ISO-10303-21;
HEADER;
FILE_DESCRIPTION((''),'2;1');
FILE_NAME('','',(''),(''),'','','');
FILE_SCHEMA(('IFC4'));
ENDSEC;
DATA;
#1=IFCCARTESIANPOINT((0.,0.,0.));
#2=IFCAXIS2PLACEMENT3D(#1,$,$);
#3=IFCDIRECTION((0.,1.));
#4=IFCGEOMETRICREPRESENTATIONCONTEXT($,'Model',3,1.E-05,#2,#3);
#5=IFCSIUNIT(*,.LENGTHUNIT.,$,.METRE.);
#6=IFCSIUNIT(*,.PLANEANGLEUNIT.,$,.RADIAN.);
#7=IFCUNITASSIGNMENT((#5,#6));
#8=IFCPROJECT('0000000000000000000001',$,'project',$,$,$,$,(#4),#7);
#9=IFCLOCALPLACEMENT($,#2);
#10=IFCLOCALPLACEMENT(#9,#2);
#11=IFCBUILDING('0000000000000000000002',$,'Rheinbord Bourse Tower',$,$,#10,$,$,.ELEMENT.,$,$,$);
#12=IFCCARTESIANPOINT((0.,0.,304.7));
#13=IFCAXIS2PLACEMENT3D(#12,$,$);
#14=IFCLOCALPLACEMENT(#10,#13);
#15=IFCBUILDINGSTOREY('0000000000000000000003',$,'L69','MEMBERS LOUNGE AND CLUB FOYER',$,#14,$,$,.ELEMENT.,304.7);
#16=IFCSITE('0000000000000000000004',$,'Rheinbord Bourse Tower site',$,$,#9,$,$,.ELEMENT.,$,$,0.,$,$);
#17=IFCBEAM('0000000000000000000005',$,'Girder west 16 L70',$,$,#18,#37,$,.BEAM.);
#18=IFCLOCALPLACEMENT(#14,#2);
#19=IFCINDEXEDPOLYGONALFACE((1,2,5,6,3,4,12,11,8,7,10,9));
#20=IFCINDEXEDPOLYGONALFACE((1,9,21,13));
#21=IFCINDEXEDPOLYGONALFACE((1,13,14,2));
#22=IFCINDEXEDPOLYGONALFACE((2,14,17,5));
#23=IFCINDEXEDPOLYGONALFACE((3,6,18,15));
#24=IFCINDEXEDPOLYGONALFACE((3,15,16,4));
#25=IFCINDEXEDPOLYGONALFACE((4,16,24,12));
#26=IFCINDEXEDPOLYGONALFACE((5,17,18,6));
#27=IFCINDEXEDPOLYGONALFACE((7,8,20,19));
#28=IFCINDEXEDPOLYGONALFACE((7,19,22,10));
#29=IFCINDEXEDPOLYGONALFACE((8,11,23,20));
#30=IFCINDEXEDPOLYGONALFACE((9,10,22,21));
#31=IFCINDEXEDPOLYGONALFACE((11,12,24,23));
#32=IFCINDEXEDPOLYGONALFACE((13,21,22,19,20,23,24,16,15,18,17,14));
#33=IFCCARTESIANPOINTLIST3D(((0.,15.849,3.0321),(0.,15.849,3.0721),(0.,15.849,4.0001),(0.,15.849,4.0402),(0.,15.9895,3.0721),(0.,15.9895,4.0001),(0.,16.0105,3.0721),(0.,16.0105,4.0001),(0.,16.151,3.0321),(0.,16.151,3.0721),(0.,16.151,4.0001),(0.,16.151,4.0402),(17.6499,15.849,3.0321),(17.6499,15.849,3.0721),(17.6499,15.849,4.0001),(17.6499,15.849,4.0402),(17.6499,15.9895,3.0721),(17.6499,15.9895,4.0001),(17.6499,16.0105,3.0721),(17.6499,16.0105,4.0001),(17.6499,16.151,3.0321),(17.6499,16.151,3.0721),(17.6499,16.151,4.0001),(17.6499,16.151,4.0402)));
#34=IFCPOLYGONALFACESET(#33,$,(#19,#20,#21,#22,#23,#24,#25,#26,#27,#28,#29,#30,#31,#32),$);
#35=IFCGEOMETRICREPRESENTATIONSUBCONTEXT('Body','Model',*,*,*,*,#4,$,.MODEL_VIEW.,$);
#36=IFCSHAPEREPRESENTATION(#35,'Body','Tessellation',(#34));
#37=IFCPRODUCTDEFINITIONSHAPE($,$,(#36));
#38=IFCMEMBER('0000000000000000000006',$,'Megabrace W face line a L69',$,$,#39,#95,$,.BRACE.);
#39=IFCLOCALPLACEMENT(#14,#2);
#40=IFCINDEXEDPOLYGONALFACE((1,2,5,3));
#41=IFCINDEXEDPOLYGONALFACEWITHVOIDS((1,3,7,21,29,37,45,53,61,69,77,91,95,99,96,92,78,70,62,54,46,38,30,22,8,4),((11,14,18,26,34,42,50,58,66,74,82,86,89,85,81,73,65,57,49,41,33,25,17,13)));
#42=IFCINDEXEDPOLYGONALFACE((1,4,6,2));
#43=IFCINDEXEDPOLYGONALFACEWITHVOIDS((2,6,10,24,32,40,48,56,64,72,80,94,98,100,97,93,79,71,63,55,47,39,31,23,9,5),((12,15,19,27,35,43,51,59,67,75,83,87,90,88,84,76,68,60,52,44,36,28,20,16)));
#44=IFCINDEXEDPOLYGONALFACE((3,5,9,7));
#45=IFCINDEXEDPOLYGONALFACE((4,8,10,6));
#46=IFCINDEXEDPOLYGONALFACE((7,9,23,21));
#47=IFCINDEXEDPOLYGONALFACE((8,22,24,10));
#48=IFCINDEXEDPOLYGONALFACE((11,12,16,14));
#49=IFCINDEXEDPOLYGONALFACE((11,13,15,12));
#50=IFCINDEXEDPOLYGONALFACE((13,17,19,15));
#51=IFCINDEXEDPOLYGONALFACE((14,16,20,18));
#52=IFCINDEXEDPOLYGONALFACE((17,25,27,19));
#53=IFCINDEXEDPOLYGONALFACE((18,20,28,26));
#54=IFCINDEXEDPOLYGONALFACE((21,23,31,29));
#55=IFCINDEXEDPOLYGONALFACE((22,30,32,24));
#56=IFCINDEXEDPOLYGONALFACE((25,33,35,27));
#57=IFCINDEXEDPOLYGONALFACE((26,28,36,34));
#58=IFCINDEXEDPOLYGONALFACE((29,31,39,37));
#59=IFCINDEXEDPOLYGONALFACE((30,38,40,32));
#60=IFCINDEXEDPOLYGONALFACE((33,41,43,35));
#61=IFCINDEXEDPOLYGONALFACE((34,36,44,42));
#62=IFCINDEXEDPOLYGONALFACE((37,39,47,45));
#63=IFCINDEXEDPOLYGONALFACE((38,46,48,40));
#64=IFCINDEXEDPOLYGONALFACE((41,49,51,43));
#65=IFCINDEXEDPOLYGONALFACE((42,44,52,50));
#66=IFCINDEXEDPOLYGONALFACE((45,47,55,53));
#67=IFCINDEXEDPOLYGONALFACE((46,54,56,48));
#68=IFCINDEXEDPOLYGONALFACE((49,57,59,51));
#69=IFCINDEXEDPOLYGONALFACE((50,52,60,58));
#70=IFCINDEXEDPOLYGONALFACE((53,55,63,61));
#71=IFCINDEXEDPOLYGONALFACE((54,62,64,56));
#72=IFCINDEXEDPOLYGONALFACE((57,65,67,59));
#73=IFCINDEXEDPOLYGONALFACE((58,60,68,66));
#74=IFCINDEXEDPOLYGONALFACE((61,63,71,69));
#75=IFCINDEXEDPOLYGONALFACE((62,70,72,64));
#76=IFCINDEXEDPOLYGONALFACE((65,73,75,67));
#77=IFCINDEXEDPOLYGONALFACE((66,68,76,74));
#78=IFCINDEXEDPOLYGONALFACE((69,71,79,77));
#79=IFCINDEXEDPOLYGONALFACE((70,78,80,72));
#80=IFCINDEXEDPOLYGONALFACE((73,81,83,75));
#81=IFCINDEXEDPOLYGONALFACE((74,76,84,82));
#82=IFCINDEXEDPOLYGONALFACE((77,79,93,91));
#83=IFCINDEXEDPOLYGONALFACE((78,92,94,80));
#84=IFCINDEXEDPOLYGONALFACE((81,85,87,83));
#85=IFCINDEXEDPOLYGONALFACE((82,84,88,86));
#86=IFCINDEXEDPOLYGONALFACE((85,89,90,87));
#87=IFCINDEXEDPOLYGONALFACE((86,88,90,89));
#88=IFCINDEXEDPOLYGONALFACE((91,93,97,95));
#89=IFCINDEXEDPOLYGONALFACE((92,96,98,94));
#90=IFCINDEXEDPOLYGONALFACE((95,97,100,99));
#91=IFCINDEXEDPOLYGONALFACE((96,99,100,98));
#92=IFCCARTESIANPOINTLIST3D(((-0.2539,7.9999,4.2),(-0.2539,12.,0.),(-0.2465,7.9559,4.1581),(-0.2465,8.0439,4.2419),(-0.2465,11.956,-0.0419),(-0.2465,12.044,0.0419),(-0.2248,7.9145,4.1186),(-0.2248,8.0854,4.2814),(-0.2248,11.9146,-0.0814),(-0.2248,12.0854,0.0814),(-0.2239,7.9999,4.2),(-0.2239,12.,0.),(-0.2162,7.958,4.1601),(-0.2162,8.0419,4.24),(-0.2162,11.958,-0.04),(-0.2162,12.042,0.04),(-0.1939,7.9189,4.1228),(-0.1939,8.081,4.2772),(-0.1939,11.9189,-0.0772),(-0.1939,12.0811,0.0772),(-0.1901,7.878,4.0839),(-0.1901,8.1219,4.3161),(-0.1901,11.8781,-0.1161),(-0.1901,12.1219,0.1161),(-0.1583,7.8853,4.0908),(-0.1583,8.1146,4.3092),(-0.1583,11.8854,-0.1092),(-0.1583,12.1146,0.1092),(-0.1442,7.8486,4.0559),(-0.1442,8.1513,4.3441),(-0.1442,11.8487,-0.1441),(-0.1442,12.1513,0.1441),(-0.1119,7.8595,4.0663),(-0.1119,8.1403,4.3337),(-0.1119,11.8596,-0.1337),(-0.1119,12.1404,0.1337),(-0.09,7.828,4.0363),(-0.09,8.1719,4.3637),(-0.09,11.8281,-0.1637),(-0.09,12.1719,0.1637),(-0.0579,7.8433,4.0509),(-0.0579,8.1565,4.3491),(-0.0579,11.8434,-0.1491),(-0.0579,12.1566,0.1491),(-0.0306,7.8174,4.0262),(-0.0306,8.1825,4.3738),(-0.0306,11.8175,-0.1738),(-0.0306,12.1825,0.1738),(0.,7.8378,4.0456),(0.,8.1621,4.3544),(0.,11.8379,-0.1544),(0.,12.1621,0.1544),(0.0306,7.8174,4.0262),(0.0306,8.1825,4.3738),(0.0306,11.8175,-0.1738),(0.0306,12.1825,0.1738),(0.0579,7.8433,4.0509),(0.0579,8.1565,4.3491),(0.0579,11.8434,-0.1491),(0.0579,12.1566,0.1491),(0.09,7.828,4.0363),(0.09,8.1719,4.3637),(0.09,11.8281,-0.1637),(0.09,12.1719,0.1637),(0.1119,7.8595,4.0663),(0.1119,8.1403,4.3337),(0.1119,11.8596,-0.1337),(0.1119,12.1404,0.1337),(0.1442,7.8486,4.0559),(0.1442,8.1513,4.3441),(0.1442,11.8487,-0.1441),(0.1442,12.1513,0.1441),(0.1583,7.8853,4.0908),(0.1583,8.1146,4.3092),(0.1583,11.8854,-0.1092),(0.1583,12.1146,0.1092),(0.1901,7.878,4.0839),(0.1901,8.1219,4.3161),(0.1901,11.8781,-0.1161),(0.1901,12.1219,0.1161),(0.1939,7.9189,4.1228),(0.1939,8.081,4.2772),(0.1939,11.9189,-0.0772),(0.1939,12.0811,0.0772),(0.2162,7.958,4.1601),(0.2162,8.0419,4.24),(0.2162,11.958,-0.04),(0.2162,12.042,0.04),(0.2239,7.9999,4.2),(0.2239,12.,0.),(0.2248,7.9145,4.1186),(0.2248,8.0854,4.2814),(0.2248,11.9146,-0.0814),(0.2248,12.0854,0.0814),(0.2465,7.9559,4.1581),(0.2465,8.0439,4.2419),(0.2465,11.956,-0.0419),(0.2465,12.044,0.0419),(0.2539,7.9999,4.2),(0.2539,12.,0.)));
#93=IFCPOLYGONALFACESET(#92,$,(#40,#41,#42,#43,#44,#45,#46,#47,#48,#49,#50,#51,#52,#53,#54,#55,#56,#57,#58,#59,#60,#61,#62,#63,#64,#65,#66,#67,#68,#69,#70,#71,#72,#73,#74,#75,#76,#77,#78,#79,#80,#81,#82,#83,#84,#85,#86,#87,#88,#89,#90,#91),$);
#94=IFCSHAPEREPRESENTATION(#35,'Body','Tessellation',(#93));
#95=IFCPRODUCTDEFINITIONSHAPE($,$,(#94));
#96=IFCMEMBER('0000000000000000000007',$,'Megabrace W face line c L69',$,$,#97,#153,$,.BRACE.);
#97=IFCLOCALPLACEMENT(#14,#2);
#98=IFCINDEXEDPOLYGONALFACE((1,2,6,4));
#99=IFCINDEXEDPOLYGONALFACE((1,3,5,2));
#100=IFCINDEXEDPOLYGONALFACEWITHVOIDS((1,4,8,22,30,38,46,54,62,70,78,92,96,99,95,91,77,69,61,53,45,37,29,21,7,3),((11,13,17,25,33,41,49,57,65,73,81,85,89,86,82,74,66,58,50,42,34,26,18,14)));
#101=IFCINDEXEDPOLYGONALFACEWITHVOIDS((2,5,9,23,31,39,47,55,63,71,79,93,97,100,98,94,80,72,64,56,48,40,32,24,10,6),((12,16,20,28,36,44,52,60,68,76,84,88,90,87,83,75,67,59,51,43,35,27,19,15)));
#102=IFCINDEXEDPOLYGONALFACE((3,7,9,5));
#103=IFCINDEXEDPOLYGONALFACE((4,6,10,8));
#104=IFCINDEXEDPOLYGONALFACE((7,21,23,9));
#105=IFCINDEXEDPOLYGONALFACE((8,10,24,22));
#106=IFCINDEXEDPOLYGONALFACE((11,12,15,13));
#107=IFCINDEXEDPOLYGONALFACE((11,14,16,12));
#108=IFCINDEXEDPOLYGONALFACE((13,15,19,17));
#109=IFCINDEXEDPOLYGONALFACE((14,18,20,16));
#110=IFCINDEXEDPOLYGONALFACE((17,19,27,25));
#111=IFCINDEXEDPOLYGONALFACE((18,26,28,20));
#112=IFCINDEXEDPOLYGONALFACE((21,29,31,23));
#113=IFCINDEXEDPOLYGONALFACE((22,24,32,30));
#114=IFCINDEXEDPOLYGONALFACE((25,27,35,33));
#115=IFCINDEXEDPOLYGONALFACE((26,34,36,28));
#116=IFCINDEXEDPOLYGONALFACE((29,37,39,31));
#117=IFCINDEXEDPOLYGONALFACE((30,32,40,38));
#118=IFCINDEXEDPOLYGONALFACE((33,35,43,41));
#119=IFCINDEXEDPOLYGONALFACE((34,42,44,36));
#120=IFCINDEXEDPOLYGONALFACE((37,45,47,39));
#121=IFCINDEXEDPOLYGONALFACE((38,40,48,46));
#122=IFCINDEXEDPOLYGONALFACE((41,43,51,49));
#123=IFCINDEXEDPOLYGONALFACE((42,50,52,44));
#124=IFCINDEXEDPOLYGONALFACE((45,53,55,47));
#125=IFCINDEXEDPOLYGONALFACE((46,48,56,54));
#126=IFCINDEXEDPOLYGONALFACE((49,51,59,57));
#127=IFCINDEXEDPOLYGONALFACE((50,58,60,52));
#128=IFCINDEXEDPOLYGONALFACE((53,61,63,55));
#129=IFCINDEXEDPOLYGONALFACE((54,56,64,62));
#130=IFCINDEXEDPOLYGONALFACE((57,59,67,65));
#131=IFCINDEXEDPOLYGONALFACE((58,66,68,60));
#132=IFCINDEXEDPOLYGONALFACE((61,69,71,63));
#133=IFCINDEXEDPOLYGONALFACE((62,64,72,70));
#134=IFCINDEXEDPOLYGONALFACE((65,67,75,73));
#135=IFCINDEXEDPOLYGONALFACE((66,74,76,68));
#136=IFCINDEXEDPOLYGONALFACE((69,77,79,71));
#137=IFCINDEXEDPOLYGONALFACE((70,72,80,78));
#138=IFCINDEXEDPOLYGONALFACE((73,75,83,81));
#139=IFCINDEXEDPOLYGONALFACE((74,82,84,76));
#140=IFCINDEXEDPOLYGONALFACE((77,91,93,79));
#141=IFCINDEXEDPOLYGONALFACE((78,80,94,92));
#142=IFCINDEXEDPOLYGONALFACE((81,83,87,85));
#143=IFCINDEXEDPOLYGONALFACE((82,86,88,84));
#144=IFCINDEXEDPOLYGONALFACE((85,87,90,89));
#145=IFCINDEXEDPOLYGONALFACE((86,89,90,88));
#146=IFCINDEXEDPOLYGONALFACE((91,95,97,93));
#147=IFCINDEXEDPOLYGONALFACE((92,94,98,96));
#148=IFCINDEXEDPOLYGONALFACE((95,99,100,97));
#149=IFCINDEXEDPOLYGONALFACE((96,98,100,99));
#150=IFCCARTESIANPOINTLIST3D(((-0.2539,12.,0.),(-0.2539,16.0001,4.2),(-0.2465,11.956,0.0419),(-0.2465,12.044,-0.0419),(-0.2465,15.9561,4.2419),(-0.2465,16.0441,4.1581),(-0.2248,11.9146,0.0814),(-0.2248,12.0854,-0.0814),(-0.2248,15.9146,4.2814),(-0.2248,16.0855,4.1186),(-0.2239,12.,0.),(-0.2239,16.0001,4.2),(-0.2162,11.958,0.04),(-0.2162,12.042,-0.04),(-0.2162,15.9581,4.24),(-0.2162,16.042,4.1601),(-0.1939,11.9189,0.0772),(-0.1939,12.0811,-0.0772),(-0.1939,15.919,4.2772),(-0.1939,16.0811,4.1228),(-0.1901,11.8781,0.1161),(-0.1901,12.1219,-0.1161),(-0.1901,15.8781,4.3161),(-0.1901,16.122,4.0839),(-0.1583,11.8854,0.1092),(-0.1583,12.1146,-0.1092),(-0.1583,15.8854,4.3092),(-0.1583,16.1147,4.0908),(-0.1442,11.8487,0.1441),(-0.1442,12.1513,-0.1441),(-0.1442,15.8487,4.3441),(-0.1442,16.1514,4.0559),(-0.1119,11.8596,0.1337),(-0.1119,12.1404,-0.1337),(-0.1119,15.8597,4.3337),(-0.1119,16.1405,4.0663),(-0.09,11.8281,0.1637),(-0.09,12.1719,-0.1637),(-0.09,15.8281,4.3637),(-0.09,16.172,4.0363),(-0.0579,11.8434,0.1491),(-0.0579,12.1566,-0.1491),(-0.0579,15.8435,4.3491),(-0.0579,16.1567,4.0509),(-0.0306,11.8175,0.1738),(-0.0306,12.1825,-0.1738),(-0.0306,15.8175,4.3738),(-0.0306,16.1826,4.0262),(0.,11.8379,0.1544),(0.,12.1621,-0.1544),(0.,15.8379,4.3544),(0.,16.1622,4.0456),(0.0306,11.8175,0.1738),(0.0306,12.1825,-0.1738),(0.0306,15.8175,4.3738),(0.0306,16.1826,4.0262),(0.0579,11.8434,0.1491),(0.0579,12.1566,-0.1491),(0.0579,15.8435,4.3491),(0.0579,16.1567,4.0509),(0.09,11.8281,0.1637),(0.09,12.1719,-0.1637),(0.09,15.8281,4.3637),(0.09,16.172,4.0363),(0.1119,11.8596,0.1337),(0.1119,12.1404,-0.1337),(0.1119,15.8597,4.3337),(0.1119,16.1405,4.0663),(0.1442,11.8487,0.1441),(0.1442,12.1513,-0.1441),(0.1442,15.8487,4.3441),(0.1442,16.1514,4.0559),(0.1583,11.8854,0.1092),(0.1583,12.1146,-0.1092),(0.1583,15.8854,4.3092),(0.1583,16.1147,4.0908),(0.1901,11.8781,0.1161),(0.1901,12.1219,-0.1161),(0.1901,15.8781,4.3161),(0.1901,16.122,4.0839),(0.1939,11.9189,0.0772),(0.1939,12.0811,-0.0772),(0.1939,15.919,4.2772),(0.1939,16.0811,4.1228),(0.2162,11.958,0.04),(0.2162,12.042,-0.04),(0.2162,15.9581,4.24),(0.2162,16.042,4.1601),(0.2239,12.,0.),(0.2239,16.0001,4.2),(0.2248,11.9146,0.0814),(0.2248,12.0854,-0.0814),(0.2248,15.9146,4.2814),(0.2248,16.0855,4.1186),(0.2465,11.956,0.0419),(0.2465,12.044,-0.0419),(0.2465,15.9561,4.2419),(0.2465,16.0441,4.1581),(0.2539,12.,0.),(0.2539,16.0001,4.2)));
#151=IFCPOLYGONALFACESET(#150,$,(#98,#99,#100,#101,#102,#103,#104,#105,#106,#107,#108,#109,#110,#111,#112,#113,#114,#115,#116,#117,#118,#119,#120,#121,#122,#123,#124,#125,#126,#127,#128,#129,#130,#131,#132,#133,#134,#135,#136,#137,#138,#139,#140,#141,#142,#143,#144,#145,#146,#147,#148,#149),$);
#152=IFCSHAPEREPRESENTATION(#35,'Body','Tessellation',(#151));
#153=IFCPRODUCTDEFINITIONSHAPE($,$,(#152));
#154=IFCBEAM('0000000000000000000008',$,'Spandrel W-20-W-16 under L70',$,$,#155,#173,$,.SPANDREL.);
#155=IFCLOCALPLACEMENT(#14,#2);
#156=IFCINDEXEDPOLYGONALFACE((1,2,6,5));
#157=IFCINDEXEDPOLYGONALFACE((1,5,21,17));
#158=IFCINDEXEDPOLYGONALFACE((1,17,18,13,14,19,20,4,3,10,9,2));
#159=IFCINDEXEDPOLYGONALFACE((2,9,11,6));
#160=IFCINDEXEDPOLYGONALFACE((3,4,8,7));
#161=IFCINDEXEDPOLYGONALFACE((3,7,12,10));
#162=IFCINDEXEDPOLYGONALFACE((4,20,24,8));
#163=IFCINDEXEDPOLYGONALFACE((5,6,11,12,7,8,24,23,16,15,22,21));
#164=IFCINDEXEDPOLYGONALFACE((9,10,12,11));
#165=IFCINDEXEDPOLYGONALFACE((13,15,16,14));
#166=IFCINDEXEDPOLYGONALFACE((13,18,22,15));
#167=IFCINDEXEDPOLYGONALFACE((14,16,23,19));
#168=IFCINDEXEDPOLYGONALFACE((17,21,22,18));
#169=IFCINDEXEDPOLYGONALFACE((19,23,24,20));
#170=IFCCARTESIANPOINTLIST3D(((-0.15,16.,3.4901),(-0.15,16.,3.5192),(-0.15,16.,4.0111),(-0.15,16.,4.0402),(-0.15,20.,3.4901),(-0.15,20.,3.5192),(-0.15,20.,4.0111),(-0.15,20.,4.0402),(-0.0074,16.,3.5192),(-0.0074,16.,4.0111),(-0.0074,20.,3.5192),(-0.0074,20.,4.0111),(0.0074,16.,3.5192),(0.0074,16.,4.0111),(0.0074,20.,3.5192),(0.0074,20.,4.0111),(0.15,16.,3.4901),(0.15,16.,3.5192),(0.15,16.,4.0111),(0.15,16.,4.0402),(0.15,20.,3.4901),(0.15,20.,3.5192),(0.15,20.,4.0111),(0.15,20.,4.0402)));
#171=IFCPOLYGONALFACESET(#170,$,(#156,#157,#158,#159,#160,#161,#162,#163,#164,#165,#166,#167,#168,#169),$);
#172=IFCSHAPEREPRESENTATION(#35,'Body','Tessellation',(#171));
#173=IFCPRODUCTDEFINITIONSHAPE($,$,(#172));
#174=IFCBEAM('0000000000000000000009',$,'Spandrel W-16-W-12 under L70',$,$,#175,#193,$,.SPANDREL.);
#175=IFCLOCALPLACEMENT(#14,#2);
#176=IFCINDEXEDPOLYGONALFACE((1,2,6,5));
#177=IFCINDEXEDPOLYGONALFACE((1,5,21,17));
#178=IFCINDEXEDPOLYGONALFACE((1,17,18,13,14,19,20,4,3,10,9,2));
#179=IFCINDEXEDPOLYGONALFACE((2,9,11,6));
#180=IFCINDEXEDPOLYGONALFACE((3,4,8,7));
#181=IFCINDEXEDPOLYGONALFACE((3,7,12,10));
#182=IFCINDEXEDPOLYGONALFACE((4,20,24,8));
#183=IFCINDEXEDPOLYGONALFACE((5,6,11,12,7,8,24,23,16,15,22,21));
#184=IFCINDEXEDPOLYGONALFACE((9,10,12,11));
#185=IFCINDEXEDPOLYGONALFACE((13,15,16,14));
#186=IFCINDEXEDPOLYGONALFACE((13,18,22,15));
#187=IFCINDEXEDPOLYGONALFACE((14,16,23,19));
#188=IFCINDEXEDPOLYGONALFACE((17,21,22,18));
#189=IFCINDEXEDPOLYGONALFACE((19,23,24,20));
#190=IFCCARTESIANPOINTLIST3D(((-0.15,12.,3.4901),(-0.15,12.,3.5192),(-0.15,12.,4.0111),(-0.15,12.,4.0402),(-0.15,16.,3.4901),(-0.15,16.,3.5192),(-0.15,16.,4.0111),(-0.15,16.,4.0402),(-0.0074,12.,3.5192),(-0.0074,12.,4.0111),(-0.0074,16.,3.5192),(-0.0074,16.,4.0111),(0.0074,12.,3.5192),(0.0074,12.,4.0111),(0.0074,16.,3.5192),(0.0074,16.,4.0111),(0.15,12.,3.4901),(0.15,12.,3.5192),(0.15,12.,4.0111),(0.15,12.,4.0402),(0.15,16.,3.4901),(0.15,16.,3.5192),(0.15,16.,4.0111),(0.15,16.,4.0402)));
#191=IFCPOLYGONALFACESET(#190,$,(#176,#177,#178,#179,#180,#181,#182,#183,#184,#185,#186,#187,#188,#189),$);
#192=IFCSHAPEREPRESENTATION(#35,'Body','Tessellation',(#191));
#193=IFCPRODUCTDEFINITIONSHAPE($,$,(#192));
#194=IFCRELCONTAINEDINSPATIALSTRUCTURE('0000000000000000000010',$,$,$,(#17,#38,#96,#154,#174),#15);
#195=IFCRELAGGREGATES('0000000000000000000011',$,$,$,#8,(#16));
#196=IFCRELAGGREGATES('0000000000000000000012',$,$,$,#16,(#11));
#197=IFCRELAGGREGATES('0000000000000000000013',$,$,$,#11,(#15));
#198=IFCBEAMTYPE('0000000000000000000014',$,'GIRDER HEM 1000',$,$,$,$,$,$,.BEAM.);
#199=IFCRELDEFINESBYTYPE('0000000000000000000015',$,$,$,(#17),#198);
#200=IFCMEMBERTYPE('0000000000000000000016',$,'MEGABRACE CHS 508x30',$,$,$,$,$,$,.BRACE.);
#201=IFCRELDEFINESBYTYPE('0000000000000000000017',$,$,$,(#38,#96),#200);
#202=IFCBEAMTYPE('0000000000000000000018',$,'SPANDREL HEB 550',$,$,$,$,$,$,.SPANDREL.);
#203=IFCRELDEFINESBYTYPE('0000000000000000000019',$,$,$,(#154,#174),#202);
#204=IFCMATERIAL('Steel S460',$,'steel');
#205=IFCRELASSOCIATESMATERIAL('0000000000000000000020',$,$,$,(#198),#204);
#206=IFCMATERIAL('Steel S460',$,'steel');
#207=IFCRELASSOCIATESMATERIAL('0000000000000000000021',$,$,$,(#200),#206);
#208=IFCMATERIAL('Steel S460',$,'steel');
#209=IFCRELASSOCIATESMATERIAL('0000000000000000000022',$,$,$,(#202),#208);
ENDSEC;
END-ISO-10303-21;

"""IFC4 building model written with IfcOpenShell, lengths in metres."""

from ifc_helpers import new_model, si_unit, direction, frame, origin, origin_2d, place, context, subcontext, project, spatial, hollow_circle, i_section, extrude, material, material_profile, profile_set, type_object, element, save


model = new_model("IFC4")

# Units and contexts
model_context = context("Model", 3, precision=1e-05, world=origin(), true_north=direction((0.0, 1.0)))
body_context = subcontext(model_context, "Body", "Model", "MODEL_VIEW")
ifc_project = project(units=[si_unit("LENGTHUNIT", "METRE"), si_unit("PLANEANGLEUNIT", "RADIAN")], contexts=[model_context])

# Site, building, storey
site_placement = place(None, origin())
site = spatial("IfcSite", under=ifc_project, at=site_placement, Name="Rheinbord Bourse Tower site", CompositionType="ELEMENT", RefElevation=0.0)
building_placement = place(site_placement, origin())
building = spatial("IfcBuilding", under=site, at=building_placement, Name="Rheinbord Bourse Tower", CompositionType="ELEMENT")
storey_placement = place(building_placement, frame((0.0, 0.0, 304.7)))
storey = spatial("IfcBuildingStorey", under=building, at=storey_placement, Name="L69", Description="MEMBERS LOUNGE AND CLUB FOYER", CompositionType="ELEMENT", Elevation=304.7)

# Beam
ifc_material_1 = material(Name="Steel S460", Category="steel")
ifc_material_profile_1 = material_profile(ifc_material_1, i_section(OverallWidth=0.302, OverallDepth=1.0081, WebThickness=0.021, FlangeThickness=0.04, at=origin_2d()), Name="HEM 1000")
ifc_profile_set_1 = profile_set([ifc_material_profile_1], Name="Steel S460")
beam_type_1 = type_object("IfcBeamType", Name="GIRDER HEM 1000", PredefinedType="BEAM", material=ifc_profile_set_1)
beam_placement = place(storey_placement, frame((0.0, 16.0, 3.5361), z_axis=(1.0, 0.0, 0.0), x_axis=(0.0, 1.0, 0.0)))
element("IfcBeam", 1, at=beam_placement, inside=storey, type_object=beam_type_1, Name="Girder west 16 L70", PredefinedType="BEAM", context=body_context, shape_type="SweptSolid", body=[
    extrude(i_section(OverallWidth=0.302, OverallDepth=1.0081, WebThickness=0.021, FlangeThickness=0.04, at=origin_2d()), origin(), (0.0, 0.0, 1.0), 17.6499),
])

# Members
ifc_material_2 = material(Name="Steel S460", Category="steel")
ifc_material_profile_2 = material_profile(ifc_material_2, hollow_circle(Radius=0.2539, WallThickness=0.03, at=origin_2d()), Name="CHS 508x30")
ifc_profile_set_2 = profile_set([ifc_material_profile_2], Name="Steel S460")
member_type_1 = type_object("IfcMemberType", Name="MEGABRACE CHS 508x30", PredefinedType="BRACE", material=ifc_profile_set_2)
for number, where, z_axis, x_axis, name in (
    (2, (0.0, 12.0, 0.0), (0.0, -0.689659, 0.724134), (1.0, 0.0, 0.0), "Megabrace W face line a L69"),
    (3, (0.0, 12.0, 0.0), (0.0, 0.689659, 0.724134), (-1.0, 0.0, 0.0), "Megabrace W face line c L69"),
):
    element("IfcMember", number, at=place(storey_placement, frame(where, z_axis=z_axis, x_axis=x_axis)), inside=storey, type_object=member_type_1, Name=name, PredefinedType="BRACE", context=body_context, shape_type="SweptSolid", body=[
        extrude(hollow_circle(Radius=0.2539, WallThickness=0.03, at=origin_2d()), origin(), (0.0, 0.0, 1.0), 5.8),
    ])

# Beams
ifc_material_3 = material(Name="Steel S460", Category="steel")
ifc_material_profile_3 = material_profile(ifc_material_3, i_section(OverallWidth=0.3, OverallDepth=0.55, WebThickness=0.0149, FlangeThickness=0.0291, at=origin_2d()), Name="HEB 550")
ifc_profile_set_3 = profile_set([ifc_material_profile_3], Name="Steel S460")
beam_type_2 = type_object("IfcBeamType", Name="SPANDREL HEB 550", PredefinedType="SPANDREL", material=ifc_profile_set_3)
for number, where, z_axis, x_axis, name in (
    (4, (0.0, 20.0, 3.7651), (0.0, -1.0, 0.0), (1.0, 0.0, 0.0), "Spandrel W-20-W-16 under L70"),
    (5, (0.0, 16.0, 3.7651), (0.0, -1.0, 0.0), (1.0, 0.0, 0.0), "Spandrel W-16-W-12 under L70"),
):
    element("IfcBeam", number, at=place(storey_placement, frame(where, z_axis=z_axis, x_axis=x_axis)), inside=storey, type_object=beam_type_2, Name=name, PredefinedType="SPANDREL", context=body_context, shape_type="SweptSolid", body=[
        extrude(i_section(OverallWidth=0.3, OverallDepth=0.55, WebThickness=0.0149, FlangeThickness=0.0291, at=origin_2d()), origin(), (0.0, 0.0, 1.0), 4.0),
    ])

save(model, "model.ifc")
